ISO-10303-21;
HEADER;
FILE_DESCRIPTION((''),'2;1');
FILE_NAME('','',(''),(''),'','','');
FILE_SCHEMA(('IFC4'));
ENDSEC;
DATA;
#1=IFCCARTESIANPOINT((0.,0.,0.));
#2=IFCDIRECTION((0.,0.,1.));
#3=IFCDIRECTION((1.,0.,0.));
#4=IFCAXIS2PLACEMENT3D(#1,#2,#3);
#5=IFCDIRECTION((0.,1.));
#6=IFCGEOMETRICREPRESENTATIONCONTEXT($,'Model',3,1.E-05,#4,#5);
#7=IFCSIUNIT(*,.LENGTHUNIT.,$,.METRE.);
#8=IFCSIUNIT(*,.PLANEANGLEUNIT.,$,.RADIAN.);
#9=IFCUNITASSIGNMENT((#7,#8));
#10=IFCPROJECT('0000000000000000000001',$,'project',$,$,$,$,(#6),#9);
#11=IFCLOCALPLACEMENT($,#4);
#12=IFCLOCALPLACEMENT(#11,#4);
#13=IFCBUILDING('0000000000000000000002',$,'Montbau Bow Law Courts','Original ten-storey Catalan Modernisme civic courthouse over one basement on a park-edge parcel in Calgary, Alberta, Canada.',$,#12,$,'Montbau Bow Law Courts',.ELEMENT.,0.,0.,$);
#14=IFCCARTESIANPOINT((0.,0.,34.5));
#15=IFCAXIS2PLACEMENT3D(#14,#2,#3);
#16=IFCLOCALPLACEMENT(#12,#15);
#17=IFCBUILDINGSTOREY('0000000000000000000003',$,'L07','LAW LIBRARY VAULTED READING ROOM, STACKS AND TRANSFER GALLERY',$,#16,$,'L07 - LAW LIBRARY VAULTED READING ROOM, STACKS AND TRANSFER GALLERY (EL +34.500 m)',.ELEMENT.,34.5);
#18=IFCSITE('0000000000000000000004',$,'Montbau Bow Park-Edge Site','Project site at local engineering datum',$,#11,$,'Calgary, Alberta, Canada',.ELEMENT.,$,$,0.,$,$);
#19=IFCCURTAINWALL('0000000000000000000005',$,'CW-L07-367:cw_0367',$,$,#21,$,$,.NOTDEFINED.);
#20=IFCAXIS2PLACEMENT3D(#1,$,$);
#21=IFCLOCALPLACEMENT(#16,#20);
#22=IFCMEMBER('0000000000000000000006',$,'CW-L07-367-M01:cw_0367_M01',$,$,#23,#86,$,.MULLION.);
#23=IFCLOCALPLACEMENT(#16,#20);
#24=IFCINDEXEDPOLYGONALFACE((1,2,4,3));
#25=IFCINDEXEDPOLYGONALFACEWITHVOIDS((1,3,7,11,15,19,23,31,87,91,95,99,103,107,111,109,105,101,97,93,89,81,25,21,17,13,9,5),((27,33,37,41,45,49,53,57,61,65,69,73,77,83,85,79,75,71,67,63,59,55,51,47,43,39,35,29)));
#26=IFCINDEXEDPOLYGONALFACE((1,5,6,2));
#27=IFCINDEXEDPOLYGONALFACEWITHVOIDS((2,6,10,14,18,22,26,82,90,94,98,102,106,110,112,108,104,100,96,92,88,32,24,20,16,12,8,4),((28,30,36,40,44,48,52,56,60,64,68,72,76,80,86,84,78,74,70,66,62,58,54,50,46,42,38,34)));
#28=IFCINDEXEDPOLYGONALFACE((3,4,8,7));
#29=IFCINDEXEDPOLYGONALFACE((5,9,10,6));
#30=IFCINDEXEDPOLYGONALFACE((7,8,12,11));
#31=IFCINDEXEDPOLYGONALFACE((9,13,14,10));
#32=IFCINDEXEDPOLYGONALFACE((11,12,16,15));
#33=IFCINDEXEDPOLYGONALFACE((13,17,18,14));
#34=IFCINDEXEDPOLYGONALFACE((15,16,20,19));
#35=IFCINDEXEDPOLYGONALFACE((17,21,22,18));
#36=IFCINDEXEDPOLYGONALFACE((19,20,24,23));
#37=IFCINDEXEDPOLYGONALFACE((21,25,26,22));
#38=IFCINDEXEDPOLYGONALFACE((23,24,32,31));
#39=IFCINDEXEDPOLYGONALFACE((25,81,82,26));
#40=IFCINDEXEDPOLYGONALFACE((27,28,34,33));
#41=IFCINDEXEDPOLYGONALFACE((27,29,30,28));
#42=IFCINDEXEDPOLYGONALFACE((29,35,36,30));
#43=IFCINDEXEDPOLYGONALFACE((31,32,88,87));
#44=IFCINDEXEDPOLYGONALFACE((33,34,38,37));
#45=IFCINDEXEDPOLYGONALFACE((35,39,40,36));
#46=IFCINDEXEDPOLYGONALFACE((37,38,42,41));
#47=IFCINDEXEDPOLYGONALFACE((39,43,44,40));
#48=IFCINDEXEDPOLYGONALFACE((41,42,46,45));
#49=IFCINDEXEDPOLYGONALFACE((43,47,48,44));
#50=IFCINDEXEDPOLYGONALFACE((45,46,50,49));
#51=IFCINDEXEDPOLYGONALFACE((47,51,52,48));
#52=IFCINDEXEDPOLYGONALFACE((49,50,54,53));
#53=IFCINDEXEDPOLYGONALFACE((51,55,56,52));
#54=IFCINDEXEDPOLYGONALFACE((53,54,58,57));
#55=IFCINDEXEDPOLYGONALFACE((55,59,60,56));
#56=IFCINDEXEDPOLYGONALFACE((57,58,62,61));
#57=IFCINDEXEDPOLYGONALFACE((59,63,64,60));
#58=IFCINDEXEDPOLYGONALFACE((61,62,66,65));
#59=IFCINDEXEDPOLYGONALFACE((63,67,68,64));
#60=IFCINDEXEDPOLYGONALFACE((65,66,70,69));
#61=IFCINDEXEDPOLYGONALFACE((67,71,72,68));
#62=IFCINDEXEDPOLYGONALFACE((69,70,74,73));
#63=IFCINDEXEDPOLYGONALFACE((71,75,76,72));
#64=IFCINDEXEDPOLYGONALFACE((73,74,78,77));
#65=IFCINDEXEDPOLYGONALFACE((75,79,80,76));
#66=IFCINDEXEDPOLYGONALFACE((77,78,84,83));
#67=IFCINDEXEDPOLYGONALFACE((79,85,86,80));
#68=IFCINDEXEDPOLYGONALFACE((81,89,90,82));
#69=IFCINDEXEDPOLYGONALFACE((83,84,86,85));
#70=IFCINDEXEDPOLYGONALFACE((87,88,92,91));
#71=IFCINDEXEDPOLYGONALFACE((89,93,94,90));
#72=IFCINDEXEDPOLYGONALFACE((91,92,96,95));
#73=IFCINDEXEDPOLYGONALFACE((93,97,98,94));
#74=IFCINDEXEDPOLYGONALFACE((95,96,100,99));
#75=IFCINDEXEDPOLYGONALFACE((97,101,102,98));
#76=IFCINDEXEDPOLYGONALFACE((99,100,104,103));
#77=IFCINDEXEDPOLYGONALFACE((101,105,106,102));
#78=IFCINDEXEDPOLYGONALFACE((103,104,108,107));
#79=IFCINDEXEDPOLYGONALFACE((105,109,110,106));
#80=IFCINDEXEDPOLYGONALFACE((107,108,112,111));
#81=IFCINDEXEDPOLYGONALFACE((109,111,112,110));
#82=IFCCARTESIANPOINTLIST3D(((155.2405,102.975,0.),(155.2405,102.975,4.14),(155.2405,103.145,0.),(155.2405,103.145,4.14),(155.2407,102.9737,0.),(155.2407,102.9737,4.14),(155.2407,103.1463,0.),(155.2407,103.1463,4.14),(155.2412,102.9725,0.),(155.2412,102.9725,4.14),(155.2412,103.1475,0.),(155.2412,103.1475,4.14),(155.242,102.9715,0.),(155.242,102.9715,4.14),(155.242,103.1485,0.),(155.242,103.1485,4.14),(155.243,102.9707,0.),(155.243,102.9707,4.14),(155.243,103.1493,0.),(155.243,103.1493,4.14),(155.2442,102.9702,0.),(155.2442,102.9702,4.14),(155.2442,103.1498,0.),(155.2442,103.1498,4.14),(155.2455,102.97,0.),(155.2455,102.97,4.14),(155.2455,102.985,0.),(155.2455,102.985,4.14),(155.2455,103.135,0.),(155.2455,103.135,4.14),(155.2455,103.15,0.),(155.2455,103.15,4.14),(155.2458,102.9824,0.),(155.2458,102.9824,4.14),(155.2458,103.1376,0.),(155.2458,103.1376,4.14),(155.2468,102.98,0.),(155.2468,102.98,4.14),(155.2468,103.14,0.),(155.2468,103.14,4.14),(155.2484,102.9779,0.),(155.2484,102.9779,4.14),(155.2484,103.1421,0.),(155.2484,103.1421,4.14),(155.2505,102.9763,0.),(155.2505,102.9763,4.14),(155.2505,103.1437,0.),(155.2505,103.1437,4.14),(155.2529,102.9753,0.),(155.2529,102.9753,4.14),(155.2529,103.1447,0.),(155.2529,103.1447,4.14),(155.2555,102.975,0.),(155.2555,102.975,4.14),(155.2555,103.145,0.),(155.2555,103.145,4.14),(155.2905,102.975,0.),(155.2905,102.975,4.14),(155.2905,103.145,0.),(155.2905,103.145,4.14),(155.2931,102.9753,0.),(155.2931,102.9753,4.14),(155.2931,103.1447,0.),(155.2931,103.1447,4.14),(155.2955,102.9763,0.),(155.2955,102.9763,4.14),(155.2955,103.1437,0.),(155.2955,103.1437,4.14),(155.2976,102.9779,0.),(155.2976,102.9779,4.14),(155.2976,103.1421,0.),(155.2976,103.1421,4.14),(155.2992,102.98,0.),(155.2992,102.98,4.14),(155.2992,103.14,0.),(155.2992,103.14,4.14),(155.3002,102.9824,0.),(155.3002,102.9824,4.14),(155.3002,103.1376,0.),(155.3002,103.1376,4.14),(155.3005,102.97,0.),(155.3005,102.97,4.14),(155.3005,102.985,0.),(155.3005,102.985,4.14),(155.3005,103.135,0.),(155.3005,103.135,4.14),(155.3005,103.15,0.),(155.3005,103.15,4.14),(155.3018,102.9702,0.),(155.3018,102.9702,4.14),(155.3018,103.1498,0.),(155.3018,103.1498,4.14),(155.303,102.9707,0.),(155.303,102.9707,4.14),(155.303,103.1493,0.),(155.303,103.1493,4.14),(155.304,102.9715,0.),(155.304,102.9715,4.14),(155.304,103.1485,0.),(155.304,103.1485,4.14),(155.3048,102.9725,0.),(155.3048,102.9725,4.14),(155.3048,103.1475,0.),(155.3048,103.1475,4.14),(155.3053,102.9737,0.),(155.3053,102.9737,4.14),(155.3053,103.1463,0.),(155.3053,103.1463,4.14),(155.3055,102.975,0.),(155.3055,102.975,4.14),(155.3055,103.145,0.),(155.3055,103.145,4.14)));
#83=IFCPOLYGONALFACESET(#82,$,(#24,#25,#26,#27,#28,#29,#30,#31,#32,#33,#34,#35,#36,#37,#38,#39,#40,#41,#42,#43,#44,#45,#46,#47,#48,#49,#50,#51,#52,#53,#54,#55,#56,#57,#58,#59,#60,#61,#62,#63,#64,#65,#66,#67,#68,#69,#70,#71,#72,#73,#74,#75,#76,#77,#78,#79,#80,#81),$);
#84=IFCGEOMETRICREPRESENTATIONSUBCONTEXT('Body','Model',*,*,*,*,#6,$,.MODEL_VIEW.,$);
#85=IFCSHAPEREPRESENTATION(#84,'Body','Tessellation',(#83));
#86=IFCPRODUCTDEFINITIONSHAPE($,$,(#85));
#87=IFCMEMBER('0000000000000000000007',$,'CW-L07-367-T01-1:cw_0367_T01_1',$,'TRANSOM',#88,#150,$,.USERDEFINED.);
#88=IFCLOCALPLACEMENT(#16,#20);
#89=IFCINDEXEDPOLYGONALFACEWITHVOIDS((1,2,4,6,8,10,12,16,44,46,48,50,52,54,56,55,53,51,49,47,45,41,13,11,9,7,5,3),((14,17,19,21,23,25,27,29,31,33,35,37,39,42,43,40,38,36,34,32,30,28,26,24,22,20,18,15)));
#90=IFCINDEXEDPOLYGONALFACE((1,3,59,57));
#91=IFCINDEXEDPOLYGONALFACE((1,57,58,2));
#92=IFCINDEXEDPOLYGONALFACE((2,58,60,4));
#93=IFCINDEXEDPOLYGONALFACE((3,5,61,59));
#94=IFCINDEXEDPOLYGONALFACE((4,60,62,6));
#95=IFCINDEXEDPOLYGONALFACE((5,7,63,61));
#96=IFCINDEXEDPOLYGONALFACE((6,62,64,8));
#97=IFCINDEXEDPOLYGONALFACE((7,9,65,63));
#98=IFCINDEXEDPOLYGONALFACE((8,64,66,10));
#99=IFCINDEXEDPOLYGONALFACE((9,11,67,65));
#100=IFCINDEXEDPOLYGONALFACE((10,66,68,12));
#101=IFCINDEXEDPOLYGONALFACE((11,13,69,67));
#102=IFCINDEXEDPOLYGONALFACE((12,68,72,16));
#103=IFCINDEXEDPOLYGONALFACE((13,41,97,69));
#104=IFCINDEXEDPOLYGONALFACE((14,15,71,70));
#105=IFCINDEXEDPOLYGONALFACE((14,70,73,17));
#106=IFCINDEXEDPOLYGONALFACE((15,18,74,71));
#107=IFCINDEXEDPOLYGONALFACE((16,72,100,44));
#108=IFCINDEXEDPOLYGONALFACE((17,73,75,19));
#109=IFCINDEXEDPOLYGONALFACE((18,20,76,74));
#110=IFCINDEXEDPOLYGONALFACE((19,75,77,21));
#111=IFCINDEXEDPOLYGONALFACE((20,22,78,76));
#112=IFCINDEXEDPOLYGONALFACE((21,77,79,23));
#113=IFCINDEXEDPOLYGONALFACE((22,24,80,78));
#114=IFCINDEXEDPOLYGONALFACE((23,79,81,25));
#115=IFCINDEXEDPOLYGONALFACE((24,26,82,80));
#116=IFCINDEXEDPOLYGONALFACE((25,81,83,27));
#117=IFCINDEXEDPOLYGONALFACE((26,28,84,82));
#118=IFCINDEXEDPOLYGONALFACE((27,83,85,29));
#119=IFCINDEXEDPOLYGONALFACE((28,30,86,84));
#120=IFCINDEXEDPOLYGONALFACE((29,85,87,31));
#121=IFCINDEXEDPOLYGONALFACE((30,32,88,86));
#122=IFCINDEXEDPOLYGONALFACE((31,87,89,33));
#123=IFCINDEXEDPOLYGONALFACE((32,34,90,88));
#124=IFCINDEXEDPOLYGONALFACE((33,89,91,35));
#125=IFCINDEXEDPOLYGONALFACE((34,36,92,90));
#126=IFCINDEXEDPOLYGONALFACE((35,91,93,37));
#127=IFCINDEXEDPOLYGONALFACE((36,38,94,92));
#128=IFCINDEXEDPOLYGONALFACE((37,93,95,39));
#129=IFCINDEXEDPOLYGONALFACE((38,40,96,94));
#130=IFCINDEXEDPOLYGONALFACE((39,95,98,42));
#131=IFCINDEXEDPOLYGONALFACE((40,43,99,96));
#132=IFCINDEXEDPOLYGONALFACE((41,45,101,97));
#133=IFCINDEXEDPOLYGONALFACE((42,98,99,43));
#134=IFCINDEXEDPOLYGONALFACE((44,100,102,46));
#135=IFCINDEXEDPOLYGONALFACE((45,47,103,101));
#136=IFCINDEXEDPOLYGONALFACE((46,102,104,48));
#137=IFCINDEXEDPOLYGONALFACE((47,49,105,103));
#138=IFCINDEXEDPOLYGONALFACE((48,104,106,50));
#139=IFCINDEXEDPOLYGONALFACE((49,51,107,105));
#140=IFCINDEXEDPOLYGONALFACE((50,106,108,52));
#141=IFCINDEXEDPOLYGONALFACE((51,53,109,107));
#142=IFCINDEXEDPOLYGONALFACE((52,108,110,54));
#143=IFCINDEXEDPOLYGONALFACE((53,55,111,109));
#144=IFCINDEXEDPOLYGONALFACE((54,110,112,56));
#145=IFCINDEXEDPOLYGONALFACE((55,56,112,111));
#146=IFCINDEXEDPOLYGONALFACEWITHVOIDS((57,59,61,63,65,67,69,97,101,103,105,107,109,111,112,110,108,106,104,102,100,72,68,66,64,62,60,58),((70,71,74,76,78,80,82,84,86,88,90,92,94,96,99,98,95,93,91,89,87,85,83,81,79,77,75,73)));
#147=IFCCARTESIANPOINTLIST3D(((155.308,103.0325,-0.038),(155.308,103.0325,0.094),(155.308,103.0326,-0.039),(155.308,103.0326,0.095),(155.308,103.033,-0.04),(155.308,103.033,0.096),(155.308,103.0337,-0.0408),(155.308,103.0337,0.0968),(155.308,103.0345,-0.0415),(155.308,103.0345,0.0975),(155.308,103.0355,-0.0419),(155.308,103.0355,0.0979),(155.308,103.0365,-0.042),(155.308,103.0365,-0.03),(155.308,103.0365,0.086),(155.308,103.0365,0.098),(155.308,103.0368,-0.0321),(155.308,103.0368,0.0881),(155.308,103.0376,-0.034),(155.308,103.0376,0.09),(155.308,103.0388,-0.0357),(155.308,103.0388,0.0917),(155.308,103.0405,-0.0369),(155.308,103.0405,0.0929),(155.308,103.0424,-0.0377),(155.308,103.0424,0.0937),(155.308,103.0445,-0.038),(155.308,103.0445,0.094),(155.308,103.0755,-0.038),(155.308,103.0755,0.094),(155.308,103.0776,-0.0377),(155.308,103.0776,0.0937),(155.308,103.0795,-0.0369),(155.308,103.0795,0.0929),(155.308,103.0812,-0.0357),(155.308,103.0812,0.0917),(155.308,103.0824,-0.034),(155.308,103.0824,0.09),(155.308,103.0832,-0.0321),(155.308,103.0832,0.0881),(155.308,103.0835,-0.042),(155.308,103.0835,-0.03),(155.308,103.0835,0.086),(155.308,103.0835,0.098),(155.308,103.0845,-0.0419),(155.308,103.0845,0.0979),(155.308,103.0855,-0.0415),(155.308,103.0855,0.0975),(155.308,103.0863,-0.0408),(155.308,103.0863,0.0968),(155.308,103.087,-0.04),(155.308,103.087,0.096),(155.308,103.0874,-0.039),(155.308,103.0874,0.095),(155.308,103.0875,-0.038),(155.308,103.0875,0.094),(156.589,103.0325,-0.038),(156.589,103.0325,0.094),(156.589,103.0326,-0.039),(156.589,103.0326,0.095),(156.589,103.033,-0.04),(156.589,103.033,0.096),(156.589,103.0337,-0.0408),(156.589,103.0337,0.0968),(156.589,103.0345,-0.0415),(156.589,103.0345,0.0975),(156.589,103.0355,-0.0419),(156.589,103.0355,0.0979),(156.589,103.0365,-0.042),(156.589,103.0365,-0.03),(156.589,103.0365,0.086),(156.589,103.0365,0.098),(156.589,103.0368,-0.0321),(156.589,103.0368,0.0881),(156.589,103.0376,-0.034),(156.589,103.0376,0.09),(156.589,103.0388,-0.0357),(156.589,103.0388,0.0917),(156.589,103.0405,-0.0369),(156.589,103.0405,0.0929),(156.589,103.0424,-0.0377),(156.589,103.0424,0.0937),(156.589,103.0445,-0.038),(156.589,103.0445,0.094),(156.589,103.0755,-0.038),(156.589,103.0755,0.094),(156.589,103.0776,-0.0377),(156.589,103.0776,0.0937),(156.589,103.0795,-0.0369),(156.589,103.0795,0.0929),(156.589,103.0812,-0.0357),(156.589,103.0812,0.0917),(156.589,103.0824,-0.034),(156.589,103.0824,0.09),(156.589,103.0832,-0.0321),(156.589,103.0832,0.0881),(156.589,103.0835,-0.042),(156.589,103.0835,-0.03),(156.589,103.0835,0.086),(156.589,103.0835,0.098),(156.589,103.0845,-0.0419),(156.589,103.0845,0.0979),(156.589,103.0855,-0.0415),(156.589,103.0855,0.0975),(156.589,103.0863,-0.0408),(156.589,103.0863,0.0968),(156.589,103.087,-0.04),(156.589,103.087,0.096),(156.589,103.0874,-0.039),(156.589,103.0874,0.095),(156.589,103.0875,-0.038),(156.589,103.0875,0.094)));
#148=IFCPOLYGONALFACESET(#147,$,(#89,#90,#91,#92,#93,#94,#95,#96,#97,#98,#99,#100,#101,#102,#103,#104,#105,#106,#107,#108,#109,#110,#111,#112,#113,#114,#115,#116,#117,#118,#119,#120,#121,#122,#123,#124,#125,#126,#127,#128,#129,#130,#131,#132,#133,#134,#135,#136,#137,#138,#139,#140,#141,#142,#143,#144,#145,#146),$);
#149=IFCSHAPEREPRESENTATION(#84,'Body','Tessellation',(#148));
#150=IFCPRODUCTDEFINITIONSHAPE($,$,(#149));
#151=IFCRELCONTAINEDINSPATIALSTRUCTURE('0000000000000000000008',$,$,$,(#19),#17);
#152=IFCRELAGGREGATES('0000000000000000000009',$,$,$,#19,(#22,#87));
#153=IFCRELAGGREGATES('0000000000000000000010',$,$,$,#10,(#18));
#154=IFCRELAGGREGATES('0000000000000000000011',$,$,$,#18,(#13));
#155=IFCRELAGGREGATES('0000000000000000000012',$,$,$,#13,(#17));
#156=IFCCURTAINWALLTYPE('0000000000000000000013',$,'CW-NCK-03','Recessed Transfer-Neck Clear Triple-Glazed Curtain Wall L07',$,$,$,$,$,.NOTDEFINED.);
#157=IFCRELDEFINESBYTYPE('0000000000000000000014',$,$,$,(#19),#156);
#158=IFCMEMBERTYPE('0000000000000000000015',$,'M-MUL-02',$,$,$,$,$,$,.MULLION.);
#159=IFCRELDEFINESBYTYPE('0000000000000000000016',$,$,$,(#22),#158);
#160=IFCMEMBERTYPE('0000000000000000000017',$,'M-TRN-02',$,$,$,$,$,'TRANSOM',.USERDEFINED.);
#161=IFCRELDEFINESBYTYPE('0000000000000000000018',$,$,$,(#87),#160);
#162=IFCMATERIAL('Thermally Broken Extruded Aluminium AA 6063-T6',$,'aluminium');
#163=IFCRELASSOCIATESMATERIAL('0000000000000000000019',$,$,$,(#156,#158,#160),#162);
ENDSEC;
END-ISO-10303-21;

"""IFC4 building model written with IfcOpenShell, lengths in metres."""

from ifc_helpers import new_model, si_unit, direction, frame, origin_with_axes, origin_2d_with_axis, place, context, subcontext, project, spatial, hollow_rectangle, extrude, material, material_profile, profile_set, type_object, element, aggregate, save


model = new_model("IFC4")

# Units and contexts
model_context = context("Model", 3, precision=1e-05, world=origin_with_axes(), true_north=direction((0.0, 1.0)))
body_context = subcontext(model_context, "Body", "Model", "MODEL_VIEW")
ifc_project = project(units=[si_unit("LENGTHUNIT", "METRE"), si_unit("PLANEANGLEUNIT", "RADIAN")], contexts=[model_context])

# Site, building, storey
site_placement = place(None, origin_with_axes())
site = spatial("IfcSite", under=ifc_project, at=site_placement, Name="Montbau Bow Park-Edge Site", Description="Project site at local engineering datum", LongName="Calgary, Alberta, Canada", CompositionType="ELEMENT", RefElevation=0.0)
building_placement = place(site_placement, origin_with_axes())
building = spatial("IfcBuilding", under=site, at=building_placement, Name="Montbau Bow Law Courts", Description="Original ten-storey Catalan Modernisme civic courthouse over one basement on a park-edge parcel in Calgary, Alberta, Canada.", LongName="Montbau Bow Law Courts", CompositionType="ELEMENT", ElevationOfRefHeight=0.0, ElevationOfTerrain=0.0)
storey_placement = place(building_placement, frame((0.0, 0.0, 34.5), z_axis=(0.0, 0.0, 1.0), x_axis=(1.0, 0.0, 0.0)))
storey = spatial("IfcBuildingStorey", under=building, at=storey_placement, Name="L07", Description="LAW LIBRARY VAULTED READING ROOM, STACKS AND TRANSFER GALLERY", LongName="L07 - LAW LIBRARY VAULTED READING ROOM, STACKS AND TRANSFER GALLERY (EL +34.500 m)", CompositionType="ELEMENT", Elevation=34.5)

# Shared definitions
ifc_material_1 = material(Name="Thermally Broken Extruded Aluminium AA 6063-T6", Category="aluminium")
curtain_wall_type = type_object("IfcCurtainWallType", Name="CW-NCK-03", Description="Recessed Transfer-Neck Clear Triple-Glazed Curtain Wall L07", PredefinedType="NOTDEFINED", material=ifc_material_1)

# Curtain wall, members
curtain_wall_1_placement = place(None, frame((155.24, 103.06, 34.5), z_axis=(0.0, 0.0, 1.0), x_axis=(1.0, 0.0, 0.0)))
curtain_wall_1 = element("IfcCurtainWall", 1, at=curtain_wall_1_placement, inside=storey, type_object=curtain_wall_type, Name="CW-L07-367:cw_0367", PredefinedType="NOTDEFINED")
ifc_material_profile_1 = material_profile(ifc_material_1, hollow_rectangle(XDim=0.065, YDim=0.18, WallThickness=0.005, InnerFilletRadius=0.01, OuterFilletRadius=0.005, at=origin_2d_with_axis()), Name="CWM-180X65", Category="Main", Priority=0)
ifc_profile_set_1 = profile_set([ifc_material_profile_1], Name="Thermally Broken Extruded Aluminium AA 6063-T6")
member_type_1 = type_object("IfcMemberType", Name="M-MUL-02", PredefinedType="MULLION", material=ifc_profile_set_1)
member_1_placement = place(None, frame((155.273, 103.06, 34.5), z_axis=(0.0, 0.0, 1.0), x_axis=(1.0, 0.0, 0.0)))
member_1 = element("IfcMember", 2, at=member_1_placement, type_object=member_type_1, Name="CW-L07-367-M01:cw_0367_M01", PredefinedType="MULLION", context=body_context, shape_type="SweptSolid", body=[
    extrude(hollow_rectangle(XDim=0.065, YDim=0.18, WallThickness=0.005, InnerFilletRadius=0.01, OuterFilletRadius=0.005, at=origin_2d_with_axis()), origin_with_axes(), (0.0, 0.0, 1.0), 4.14),
])
ifc_material_profile_2 = material_profile(ifc_material_1, hollow_rectangle(XDim=0.055, YDim=0.14, WallThickness=0.004, InnerFilletRadius=0.008, OuterFilletRadius=0.004, at=origin_2d_with_axis()), Name="CWT-140X55", Category="Main", Priority=0)
ifc_profile_set_2 = profile_set([ifc_material_profile_2], Name="Thermally Broken Extruded Aluminium AA 6063-T6")
member_type_2 = type_object("IfcMemberType", Name="M-TRN-02", ElementType="TRANSOM", PredefinedType="USERDEFINED", material=ifc_profile_set_2)
member_2_placement = place(None, frame((155.308, 103.06, 34.528), z_axis=(1.0, 0.0, 0.0), x_axis=(0.0, 1.0, 0.0)))
member_2 = element("IfcMember", 3, at=member_2_placement, type_object=member_type_2, Name="CW-L07-367-T01-1:cw_0367_T01_1", ObjectType="TRANSOM", PredefinedType="USERDEFINED", context=body_context, shape_type="SweptSolid", body=[
    extrude(hollow_rectangle(XDim=0.055, YDim=0.14, WallThickness=0.004, InnerFilletRadius=0.008, OuterFilletRadius=0.004, at=origin_2d_with_axis()), origin_with_axes(), (0.0, 0.0, 1.0), 1.281),
])

aggregate(curtain_wall_1, [member_1, member_2])

save(model, "model.ifc")
